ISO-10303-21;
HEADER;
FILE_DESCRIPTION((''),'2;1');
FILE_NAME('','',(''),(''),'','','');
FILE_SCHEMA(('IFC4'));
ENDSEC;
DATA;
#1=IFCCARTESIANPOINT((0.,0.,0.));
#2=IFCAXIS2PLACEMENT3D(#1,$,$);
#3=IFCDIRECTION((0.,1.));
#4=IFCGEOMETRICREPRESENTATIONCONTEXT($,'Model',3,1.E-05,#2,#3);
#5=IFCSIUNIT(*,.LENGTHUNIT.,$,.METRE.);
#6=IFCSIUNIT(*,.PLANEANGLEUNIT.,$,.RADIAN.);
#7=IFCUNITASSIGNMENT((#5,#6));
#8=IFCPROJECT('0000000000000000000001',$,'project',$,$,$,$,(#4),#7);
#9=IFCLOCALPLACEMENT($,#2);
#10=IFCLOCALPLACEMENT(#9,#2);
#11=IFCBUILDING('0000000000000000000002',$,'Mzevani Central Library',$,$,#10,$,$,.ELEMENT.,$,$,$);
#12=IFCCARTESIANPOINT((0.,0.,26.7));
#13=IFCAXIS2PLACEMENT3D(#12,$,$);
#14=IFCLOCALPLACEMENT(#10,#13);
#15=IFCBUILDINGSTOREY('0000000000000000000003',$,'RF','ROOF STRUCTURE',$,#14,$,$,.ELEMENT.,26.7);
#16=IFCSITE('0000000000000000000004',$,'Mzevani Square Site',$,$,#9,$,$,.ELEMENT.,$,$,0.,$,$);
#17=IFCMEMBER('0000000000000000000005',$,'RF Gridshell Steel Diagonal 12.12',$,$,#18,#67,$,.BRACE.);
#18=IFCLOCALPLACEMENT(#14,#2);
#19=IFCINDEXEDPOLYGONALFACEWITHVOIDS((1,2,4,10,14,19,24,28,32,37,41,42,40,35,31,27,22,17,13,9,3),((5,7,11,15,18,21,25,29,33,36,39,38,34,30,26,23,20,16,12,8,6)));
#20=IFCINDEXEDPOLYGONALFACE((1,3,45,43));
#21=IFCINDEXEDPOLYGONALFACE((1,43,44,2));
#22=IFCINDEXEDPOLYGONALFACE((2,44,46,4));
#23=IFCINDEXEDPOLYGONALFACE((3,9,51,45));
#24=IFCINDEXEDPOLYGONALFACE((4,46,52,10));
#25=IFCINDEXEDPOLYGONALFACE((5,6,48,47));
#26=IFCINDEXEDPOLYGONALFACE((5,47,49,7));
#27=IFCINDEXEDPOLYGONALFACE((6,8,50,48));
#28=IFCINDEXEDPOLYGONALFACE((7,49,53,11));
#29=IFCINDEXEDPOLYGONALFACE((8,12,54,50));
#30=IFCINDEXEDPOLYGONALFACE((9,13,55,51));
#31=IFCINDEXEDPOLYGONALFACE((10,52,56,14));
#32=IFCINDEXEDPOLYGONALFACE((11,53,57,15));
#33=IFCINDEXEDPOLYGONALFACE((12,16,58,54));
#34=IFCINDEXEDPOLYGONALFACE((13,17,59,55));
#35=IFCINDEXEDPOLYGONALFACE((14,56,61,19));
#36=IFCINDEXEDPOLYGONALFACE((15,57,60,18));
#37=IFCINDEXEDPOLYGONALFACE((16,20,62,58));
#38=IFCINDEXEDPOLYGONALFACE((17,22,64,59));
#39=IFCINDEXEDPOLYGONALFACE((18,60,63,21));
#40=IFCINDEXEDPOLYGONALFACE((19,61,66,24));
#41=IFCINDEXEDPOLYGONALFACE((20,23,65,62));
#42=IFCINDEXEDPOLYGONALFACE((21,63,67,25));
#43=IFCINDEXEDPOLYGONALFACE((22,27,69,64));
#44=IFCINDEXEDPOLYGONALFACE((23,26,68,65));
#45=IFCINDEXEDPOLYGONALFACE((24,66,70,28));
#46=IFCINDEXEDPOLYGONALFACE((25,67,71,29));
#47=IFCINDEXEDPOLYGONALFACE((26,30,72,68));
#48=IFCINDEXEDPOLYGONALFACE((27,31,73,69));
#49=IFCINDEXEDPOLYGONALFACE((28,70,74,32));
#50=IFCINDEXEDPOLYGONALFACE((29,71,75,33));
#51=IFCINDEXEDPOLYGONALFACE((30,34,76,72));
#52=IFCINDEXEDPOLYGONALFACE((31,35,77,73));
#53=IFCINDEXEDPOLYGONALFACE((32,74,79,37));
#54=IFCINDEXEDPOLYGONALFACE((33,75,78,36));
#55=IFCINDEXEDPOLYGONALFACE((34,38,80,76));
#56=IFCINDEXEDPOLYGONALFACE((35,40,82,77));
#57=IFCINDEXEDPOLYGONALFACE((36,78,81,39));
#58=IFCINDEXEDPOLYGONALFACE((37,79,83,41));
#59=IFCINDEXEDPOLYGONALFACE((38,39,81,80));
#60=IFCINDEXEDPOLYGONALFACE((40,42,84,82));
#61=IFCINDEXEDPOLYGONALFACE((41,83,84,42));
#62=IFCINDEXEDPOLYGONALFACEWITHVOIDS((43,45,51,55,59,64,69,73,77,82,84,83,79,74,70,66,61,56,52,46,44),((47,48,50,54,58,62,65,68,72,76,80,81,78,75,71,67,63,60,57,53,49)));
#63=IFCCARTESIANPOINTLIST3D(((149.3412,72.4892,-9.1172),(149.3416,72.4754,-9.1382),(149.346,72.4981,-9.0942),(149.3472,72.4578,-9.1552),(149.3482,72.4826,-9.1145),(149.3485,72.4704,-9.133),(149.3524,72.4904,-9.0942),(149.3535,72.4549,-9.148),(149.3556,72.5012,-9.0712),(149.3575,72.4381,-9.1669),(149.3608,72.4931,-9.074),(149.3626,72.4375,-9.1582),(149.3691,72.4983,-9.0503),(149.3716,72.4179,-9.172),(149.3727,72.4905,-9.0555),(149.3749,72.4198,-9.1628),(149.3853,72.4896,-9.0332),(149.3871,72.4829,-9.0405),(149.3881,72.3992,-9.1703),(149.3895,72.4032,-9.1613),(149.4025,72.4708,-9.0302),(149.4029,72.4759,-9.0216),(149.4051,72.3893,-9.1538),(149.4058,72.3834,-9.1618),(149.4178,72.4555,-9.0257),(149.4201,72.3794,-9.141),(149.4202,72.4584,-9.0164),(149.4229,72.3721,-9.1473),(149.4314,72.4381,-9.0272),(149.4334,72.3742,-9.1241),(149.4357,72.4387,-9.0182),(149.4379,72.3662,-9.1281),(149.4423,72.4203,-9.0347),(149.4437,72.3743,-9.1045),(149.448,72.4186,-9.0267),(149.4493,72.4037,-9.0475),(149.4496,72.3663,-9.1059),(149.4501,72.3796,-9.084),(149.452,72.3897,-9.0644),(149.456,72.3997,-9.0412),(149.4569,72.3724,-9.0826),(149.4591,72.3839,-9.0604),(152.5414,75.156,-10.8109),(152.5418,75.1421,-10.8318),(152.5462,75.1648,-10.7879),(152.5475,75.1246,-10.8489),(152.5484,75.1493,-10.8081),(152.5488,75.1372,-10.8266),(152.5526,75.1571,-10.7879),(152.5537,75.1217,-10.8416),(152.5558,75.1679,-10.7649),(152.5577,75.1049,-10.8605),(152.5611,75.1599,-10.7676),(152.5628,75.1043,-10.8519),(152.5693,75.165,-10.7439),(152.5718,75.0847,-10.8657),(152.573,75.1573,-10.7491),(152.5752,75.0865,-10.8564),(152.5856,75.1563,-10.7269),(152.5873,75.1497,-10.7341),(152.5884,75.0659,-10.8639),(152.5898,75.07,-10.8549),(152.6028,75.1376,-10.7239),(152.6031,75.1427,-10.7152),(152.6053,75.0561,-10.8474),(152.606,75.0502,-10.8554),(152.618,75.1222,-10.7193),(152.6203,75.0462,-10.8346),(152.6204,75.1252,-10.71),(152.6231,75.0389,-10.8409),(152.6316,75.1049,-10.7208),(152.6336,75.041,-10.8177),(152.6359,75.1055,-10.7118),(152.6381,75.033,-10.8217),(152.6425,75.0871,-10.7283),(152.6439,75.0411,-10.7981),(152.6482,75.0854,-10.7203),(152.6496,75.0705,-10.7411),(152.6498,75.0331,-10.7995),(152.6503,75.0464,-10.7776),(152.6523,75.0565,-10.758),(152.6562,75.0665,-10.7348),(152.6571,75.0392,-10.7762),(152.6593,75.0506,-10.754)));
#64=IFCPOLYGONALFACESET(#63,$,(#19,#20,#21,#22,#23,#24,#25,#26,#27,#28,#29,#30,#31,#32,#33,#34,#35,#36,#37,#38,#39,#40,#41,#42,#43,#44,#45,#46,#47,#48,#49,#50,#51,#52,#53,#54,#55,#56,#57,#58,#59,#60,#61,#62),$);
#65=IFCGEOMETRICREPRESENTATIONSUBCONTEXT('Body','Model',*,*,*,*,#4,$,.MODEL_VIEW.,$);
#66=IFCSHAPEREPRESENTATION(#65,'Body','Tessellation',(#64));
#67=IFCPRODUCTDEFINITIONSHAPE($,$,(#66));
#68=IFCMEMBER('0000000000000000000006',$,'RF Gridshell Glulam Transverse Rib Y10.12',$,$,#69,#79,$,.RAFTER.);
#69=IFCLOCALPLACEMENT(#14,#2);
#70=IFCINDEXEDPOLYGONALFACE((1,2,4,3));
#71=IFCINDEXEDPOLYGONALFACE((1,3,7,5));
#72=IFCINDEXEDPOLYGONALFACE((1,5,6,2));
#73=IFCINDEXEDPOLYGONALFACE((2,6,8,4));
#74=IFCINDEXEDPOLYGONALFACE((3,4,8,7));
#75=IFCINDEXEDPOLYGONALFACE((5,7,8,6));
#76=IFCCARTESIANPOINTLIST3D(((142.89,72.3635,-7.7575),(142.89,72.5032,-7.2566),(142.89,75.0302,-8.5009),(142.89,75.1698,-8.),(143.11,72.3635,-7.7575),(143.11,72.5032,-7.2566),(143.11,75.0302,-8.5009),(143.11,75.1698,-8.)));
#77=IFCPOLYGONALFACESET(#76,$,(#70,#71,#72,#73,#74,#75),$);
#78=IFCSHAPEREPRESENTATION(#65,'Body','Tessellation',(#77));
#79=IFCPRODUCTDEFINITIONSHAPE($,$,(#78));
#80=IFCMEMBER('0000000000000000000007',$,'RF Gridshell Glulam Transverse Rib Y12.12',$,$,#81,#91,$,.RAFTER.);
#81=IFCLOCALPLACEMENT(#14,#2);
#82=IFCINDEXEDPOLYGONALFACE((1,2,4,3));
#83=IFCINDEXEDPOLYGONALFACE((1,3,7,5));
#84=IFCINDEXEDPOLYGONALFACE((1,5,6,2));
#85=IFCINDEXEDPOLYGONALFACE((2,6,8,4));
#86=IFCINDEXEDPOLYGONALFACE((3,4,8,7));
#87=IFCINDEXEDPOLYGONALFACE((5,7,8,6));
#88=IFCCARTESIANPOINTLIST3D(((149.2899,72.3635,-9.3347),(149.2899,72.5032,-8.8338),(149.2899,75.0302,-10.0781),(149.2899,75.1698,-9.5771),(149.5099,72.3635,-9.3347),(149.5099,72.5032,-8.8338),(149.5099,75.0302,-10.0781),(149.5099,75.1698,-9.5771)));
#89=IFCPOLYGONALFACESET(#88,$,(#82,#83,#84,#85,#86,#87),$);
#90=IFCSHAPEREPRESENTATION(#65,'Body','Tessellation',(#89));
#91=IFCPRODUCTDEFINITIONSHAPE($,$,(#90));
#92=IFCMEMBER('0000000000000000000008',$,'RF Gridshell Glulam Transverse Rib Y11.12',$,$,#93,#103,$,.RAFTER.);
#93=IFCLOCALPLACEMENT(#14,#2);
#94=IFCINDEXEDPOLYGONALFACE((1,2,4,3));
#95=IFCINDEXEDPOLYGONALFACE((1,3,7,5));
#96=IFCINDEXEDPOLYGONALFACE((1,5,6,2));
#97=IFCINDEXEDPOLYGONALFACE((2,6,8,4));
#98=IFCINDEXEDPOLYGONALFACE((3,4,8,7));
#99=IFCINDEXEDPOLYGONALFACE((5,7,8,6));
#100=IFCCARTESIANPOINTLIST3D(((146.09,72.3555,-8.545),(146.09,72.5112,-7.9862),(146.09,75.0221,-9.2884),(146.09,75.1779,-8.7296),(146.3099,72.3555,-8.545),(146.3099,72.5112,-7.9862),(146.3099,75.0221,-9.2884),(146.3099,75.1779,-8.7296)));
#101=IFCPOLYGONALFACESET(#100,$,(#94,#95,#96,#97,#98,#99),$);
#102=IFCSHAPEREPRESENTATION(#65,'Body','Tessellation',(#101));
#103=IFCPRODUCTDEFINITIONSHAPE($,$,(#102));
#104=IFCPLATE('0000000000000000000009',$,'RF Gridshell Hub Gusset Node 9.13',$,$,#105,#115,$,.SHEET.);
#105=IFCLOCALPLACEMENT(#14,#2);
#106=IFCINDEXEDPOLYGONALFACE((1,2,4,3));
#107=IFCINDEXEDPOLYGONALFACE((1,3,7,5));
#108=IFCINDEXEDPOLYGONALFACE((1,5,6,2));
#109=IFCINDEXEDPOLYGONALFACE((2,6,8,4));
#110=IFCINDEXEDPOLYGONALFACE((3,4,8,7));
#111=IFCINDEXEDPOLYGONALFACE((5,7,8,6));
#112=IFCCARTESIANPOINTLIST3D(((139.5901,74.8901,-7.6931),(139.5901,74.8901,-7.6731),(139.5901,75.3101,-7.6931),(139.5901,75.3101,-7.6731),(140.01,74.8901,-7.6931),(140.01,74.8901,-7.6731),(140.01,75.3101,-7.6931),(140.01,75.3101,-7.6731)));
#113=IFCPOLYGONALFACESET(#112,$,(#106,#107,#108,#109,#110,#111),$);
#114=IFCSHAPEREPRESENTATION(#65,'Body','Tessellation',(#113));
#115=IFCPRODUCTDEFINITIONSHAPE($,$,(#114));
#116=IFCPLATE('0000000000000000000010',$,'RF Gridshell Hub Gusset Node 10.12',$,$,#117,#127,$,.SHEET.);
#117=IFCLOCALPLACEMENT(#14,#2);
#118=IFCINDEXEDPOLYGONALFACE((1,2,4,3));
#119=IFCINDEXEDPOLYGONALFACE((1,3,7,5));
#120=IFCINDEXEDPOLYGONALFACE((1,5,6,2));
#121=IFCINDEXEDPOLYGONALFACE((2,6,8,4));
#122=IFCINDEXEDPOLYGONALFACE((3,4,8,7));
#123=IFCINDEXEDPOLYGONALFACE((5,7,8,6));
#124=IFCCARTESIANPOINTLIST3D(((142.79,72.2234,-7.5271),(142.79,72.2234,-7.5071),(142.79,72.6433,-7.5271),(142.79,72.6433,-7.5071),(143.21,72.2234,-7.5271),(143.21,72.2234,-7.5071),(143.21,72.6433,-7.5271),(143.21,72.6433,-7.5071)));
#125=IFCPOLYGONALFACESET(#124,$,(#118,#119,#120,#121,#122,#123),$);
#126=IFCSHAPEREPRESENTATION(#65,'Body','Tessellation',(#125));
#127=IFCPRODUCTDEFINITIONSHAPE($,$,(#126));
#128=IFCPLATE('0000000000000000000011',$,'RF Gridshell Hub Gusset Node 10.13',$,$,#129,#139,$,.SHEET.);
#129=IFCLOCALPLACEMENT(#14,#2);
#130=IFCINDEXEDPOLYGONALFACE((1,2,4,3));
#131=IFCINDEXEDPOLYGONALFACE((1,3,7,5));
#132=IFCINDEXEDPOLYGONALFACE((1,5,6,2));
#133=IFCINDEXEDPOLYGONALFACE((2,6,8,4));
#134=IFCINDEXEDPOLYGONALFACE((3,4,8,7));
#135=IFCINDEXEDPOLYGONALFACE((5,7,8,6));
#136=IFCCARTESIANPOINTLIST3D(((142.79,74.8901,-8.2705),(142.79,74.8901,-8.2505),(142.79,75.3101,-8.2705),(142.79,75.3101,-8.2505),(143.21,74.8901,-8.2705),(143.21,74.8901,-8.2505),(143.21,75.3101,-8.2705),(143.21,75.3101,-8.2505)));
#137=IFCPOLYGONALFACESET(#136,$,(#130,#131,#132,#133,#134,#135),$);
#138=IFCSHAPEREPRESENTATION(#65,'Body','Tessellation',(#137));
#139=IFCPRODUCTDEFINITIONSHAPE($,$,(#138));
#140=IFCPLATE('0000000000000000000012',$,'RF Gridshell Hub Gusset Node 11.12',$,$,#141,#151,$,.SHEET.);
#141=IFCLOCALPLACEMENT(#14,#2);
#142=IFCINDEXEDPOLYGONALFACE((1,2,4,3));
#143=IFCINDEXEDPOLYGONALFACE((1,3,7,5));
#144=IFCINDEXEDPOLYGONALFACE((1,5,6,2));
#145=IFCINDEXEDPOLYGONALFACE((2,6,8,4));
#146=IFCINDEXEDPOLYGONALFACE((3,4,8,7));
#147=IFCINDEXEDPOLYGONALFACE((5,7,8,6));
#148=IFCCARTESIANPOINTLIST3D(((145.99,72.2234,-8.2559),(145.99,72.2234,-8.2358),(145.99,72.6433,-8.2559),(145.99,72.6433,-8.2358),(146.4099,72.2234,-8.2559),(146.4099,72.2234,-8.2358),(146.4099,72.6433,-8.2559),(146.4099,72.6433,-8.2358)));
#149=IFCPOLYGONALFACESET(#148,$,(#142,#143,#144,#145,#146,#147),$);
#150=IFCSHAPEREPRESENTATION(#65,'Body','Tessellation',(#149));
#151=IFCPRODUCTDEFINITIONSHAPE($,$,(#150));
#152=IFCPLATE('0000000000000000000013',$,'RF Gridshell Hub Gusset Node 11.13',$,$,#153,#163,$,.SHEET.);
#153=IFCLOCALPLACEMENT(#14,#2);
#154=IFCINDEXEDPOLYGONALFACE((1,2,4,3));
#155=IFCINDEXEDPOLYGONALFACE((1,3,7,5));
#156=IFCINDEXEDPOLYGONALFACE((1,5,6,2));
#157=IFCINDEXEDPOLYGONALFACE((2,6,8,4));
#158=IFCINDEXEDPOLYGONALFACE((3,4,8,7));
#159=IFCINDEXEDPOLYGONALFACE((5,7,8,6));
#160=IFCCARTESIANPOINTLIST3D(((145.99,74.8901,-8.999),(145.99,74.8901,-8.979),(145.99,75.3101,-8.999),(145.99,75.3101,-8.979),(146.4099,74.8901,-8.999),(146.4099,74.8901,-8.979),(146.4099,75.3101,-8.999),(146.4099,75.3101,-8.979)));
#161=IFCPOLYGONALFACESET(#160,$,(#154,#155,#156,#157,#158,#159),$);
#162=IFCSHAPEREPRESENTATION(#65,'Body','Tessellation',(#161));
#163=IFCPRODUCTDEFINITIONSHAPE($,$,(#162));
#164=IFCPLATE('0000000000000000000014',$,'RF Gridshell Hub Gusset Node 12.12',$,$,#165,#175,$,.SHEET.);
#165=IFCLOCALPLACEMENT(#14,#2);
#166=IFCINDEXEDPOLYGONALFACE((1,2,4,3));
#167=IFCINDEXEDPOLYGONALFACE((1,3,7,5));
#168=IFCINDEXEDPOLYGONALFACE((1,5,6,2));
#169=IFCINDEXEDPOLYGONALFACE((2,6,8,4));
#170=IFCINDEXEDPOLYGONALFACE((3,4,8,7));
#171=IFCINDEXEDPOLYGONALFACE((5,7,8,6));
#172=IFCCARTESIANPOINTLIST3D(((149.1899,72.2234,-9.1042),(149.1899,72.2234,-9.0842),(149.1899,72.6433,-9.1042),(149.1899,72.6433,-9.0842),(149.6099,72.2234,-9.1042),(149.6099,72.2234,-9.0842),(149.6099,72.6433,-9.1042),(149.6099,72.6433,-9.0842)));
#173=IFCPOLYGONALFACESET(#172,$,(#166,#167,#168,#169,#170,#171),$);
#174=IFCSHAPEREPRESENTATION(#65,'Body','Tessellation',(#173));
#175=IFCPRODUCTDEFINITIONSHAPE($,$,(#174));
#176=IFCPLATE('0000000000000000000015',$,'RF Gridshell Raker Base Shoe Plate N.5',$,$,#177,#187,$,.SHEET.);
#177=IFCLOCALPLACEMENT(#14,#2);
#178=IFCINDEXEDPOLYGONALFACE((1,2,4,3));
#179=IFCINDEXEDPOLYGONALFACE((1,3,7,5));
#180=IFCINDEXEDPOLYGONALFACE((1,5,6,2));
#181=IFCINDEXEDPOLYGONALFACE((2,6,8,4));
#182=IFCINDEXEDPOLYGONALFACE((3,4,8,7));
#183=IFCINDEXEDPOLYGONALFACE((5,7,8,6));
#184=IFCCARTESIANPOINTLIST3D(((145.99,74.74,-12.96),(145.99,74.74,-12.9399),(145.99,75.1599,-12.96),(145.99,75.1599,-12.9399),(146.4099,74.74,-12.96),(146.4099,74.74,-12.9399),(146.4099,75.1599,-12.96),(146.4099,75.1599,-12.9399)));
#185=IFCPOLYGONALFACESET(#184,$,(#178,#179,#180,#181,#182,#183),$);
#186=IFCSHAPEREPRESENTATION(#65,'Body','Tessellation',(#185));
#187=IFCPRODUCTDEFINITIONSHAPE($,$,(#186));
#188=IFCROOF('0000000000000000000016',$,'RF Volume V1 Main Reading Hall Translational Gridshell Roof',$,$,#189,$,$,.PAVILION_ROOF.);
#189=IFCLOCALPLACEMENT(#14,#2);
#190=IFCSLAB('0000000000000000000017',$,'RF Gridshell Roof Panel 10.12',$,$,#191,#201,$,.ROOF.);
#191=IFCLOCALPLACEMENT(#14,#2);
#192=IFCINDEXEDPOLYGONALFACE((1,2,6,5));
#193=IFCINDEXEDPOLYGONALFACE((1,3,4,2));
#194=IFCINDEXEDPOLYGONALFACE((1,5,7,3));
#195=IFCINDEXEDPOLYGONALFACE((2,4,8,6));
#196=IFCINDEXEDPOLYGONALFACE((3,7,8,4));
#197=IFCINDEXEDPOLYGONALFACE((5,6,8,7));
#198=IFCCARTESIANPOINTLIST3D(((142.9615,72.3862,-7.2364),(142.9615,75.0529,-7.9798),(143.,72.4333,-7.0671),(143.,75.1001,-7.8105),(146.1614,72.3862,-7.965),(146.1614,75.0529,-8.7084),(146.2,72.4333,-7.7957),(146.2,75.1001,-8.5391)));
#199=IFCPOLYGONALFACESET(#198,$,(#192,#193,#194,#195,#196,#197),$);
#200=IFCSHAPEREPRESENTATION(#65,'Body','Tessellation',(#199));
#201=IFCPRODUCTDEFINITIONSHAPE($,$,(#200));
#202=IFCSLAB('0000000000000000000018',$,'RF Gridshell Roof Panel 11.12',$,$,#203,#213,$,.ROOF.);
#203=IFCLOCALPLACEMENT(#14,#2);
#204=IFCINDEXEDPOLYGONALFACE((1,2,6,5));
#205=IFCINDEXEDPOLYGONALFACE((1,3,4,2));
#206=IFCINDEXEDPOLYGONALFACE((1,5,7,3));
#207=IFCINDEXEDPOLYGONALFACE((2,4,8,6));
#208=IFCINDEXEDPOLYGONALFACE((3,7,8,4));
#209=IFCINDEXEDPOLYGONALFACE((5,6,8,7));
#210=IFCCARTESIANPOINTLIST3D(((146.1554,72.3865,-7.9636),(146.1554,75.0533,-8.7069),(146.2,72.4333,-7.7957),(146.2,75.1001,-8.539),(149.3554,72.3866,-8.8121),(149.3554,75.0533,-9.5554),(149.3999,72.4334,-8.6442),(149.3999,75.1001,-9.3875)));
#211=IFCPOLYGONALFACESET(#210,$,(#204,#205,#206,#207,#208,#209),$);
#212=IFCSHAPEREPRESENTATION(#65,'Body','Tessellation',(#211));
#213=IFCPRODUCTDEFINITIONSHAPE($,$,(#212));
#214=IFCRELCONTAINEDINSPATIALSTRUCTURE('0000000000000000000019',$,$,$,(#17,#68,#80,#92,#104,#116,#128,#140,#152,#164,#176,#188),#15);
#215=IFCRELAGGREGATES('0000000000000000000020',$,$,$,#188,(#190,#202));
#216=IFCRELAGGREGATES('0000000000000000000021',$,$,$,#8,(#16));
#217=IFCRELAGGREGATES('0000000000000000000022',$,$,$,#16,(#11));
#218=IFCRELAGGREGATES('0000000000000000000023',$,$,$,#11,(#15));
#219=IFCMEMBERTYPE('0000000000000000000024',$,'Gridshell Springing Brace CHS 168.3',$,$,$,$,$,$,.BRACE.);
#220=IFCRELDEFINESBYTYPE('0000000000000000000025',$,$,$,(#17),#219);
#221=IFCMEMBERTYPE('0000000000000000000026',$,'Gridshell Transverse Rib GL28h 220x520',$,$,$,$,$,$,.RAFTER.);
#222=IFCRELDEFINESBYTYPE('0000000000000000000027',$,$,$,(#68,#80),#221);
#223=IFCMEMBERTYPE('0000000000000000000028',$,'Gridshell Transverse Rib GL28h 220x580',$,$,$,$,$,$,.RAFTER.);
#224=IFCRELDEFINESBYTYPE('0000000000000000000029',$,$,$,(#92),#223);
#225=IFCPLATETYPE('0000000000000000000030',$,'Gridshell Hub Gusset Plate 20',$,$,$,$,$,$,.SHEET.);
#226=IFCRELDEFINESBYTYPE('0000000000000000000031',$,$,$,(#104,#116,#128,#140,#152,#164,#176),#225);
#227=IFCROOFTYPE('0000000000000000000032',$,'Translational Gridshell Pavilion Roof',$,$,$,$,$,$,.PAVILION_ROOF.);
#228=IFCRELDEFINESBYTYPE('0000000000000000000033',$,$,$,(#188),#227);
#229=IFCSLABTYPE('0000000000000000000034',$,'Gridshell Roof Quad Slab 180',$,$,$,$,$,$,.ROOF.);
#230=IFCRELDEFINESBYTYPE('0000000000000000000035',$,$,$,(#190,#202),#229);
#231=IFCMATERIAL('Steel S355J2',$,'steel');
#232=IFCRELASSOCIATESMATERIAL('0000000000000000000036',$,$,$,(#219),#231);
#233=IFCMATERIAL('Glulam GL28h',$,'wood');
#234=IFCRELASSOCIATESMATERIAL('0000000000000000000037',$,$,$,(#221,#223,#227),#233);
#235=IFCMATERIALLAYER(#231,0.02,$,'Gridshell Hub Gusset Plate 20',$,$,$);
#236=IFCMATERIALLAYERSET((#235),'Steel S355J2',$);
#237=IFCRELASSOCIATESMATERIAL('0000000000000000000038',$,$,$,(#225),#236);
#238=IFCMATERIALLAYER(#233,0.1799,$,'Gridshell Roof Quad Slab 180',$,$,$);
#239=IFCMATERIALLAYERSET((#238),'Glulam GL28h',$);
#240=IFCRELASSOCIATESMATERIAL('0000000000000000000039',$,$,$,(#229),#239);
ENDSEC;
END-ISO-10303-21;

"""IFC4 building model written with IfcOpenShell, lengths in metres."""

from ifc_helpers import new_model, si_unit, direction, frame, origin, origin_2d, place, context, subcontext, project, spatial, polyline, rectangle, hollow_circle, outline, extrude, material, layer, layer_set, material_profile, profile_set, type_object, element, aggregate, save


model = new_model("IFC4")

# Units and contexts
model_context = context("Model", 3, precision=1e-05, world=origin(), true_north=direction((0.0, 1.0)))
body_context = subcontext(model_context, "Body", "Model", "MODEL_VIEW")
ifc_project = project(units=[si_unit("LENGTHUNIT", "METRE"), si_unit("PLANEANGLEUNIT", "RADIAN")], contexts=[model_context])

# Site, building, storey
site_placement = place(None, origin())
site = spatial("IfcSite", under=ifc_project, at=site_placement, Name="Mzevani Square Site", CompositionType="ELEMENT", RefElevation=0.0)
building_placement = place(site_placement, origin())
building = spatial("IfcBuilding", under=site, at=building_placement, Name="Mzevani Central Library", CompositionType="ELEMENT")
storey_placement = place(building_placement, frame((0.0, 0.0, 26.7)))
storey = spatial("IfcBuildingStorey", under=building, at=storey_placement, Name="RF", Description="ROOF STRUCTURE", CompositionType="ELEMENT", Elevation=26.7)

# Shared definitions
ifc_material_1 = material(Name="Steel S355J2", Category="steel")
ifc_material_2 = material(Name="Glulam GL28h", Category="wood")

# Members
ifc_material_profile_1 = material_profile(ifc_material_1, hollow_circle(Radius=0.0842, WallThickness=0.01, at=origin_2d()), Name="CHS 168.3x10.0")
ifc_profile_set_1 = profile_set([ifc_material_profile_1], Name="Steel S355J2")
member_type_1 = type_object("IfcMemberType", Name="Gridshell Springing Brace CHS 168.3", PredefinedType="BRACE", material=ifc_profile_set_1)
member_1_placement = place(storey_placement, frame((149.3999, 72.4333, -9.0942), z_axis=(0.711663, 0.593034, -0.376625), x_axis=(-0.640173, 0.768231, 0.0)))
element("IfcMember", 1, at=member_1_placement, inside=storey, type_object=member_type_1, Name="RF Gridshell Steel Diagonal 12.12", PredefinedType="BRACE", context=body_context, shape_type="SweptSolid", body=[
    extrude(hollow_circle(Radius=0.0842, WallThickness=0.01, at=origin_2d()), origin(), (0.0, 0.0, 1.0), 4.4968),
])
ifc_material_profile_2 = material_profile(ifc_material_2, rectangle(XDim=0.22, YDim=0.52, at=origin_2d()), Name="GL28h 220x520")
ifc_profile_set_2 = profile_set([ifc_material_profile_2], Name="Glulam GL28h")
member_type_2 = type_object("IfcMemberType", Name="Gridshell Transverse Rib GL28h 220x520", PredefinedType="RAFTER", material=ifc_profile_set_2)
for number, where, z_axis, x_axis, name in (
    (2, (143.0, 72.4333, -7.5071), (0.0, 0.963271, -0.268531), (-1.0, 0.0, 0.0), "RF Gridshell Glulam Transverse Rib Y10.12"),
    (3, (149.3999, 72.4333, -9.0842), (0.0, 0.963271, -0.268531), (-1.0, 0.0, 0.0), "RF Gridshell Glulam Transverse Rib Y12.12"),
):
    element("IfcMember", number, at=place(storey_placement, frame(where, z_axis=z_axis, x_axis=x_axis)), inside=storey, type_object=member_type_2, Name=name, PredefinedType="RAFTER", context=body_context, shape_type="SweptSolid", body=[
        extrude(rectangle(XDim=0.22, YDim=0.52, at=origin_2d()), origin(), (0.0, 0.0, 1.0), 2.7683),
    ])
ifc_material_profile_3 = material_profile(ifc_material_2, rectangle(XDim=0.22, YDim=0.5801, at=origin_2d()), Name="GL28h 220x580")
ifc_profile_set_3 = profile_set([ifc_material_profile_3], Name="Glulam GL28h")
member_type_3 = type_object("IfcMemberType", Name="Gridshell Transverse Rib GL28h 220x580", PredefinedType="RAFTER", material=ifc_profile_set_3)
member_2_placement = place(storey_placement, frame((146.2, 72.4333, -8.2656), z_axis=(0.0, 0.963271, -0.268531), x_axis=(-1.0, 0.0, 0.0)))
element("IfcMember", 4, at=member_2_placement, inside=storey, type_object=member_type_3, Name="RF Gridshell Glulam Transverse Rib Y11.12", PredefinedType="RAFTER", context=body_context, shape_type="SweptSolid", body=[
    extrude(rectangle(XDim=0.22, YDim=0.5801, at=origin_2d()), origin(), (0.0, 0.0, 1.0), 2.7683),
])

# Plates
ifc_layer_1 = layer(ifc_material_1, 0.02, Name="Gridshell Hub Gusset Plate 20")
ifc_layer_set_1 = layer_set([ifc_layer_1], Name="Steel S355J2")
plate_type = type_object("IfcPlateType", Name="Gridshell Hub Gusset Plate 20", PredefinedType="SHEET", material=ifc_layer_set_1)
for number, where, z_axis, x_axis, name in (
    (5, (139.8, 75.1001, -7.6931), (0.0, 0.0, 1.0), (1.0, 0.0, 0.0), "RF Gridshell Hub Gusset Node 9.13"),
    (6, (143.0, 72.4333, -7.5271), (0.0, 0.0, 1.0), (1.0, 0.0, 0.0), "RF Gridshell Hub Gusset Node 10.12"),
    (7, (143.0, 75.1001, -8.2705), (0.0, 0.0, 1.0), (1.0, 0.0, 0.0), "RF Gridshell Hub Gusset Node 10.13"),
    (8, (146.2, 72.4333, -8.2559), (0.0, 0.0, 1.0), (1.0, 0.0, 0.0), "RF Gridshell Hub Gusset Node 11.12"),
    (9, (146.2, 75.1001, -8.999), (0.0, 0.0, 1.0), (1.0, 0.0, 0.0), "RF Gridshell Hub Gusset Node 11.13"),
    (10, (149.3999, 72.4333, -9.1042), (0.0, 0.0, 1.0), (1.0, 0.0, 0.0), "RF Gridshell Hub Gusset Node 12.12"),
    (11, (146.2, 74.95, -12.96), (0.0, 0.0, 1.0), (1.0, 0.0, 0.0), "RF Gridshell Raker Base Shoe Plate N.5"),
):
    element("IfcPlate", number, at=place(storey_placement, frame(where, z_axis=z_axis, x_axis=x_axis)), inside=storey, type_object=plate_type, Name=name, PredefinedType="SHEET", context=body_context, shape_type="SweptSolid", body=[
        extrude(rectangle(XDim=0.4199, YDim=0.4199, at=origin_2d()), origin(), (0.0, 0.0, 1.0), 0.02),
    ])

# Roof, slabs
roof_type = type_object("IfcRoofType", Name="Translational Gridshell Pavilion Roof", PredefinedType="PAVILION_ROOF", material=ifc_material_2)
roof_placement = place(storey_placement, origin())
roof = element("IfcRoof", 12, at=roof_placement, inside=storey, type_object=roof_type, Name="RF Volume V1 Main Reading Hall Translational Gridshell Roof", PredefinedType="PAVILION_ROOF")
ifc_layer_2 = layer(ifc_material_2, 0.1799, Name="Gridshell Roof Quad Slab 180")
ifc_layer_set_2 = layer_set([ifc_layer_2], Name="Glulam GL28h")
slab_type = type_object("IfcSlabType", Name="Gridshell Roof Quad Slab 180", PredefinedType="ROOF", material=ifc_layer_set_2)
slab_1_placement = place(storey_placement, frame((143.0, 72.4333, -7.0671), z_axis=(0.214212, 0.262297, 0.940911), x_axis=(0.97505, 0.0, -0.221984)))
slab_1 = element("IfcSlab", 13, at=slab_1_placement, type_object=slab_type, Name="RF Gridshell Roof Panel 10.12", PredefinedType="ROOF", context=body_context, shape_type="SweptSolid", body=[
    extrude(outline(polyline([(0.0, 0.0), (3.2818, 0.0), (3.4469, 2.7635), (0.165, 2.7635), (0.0, 0.0)])), origin(), (0.0, 0.0, -1.0), 0.1799),
])
slab_2_placement = place(storey_placement, frame((146.2, 72.4333, -7.7957), z_axis=(0.247482, 0.260138, 0.933317), x_axis=(0.966595, 0.000009, -0.256308)))
slab_2 = element("IfcSlab", 14, at=slab_2_placement, type_object=slab_type, Name="RF Gridshell Roof Panel 11.12", PredefinedType="ROOF", context=body_context, shape_type="SweptSolid", body=[
    extrude(outline(polyline([(0.0, 0.0), (3.3106, 0.0), (3.5011, 2.7618), (0.1906, 2.7619), (0.0, 0.0)])), origin(), (0.0, 0.0, -1.0), 0.1799),
])
aggregate(roof, [slab_1, slab_2])

save(model, "model.ifc")
